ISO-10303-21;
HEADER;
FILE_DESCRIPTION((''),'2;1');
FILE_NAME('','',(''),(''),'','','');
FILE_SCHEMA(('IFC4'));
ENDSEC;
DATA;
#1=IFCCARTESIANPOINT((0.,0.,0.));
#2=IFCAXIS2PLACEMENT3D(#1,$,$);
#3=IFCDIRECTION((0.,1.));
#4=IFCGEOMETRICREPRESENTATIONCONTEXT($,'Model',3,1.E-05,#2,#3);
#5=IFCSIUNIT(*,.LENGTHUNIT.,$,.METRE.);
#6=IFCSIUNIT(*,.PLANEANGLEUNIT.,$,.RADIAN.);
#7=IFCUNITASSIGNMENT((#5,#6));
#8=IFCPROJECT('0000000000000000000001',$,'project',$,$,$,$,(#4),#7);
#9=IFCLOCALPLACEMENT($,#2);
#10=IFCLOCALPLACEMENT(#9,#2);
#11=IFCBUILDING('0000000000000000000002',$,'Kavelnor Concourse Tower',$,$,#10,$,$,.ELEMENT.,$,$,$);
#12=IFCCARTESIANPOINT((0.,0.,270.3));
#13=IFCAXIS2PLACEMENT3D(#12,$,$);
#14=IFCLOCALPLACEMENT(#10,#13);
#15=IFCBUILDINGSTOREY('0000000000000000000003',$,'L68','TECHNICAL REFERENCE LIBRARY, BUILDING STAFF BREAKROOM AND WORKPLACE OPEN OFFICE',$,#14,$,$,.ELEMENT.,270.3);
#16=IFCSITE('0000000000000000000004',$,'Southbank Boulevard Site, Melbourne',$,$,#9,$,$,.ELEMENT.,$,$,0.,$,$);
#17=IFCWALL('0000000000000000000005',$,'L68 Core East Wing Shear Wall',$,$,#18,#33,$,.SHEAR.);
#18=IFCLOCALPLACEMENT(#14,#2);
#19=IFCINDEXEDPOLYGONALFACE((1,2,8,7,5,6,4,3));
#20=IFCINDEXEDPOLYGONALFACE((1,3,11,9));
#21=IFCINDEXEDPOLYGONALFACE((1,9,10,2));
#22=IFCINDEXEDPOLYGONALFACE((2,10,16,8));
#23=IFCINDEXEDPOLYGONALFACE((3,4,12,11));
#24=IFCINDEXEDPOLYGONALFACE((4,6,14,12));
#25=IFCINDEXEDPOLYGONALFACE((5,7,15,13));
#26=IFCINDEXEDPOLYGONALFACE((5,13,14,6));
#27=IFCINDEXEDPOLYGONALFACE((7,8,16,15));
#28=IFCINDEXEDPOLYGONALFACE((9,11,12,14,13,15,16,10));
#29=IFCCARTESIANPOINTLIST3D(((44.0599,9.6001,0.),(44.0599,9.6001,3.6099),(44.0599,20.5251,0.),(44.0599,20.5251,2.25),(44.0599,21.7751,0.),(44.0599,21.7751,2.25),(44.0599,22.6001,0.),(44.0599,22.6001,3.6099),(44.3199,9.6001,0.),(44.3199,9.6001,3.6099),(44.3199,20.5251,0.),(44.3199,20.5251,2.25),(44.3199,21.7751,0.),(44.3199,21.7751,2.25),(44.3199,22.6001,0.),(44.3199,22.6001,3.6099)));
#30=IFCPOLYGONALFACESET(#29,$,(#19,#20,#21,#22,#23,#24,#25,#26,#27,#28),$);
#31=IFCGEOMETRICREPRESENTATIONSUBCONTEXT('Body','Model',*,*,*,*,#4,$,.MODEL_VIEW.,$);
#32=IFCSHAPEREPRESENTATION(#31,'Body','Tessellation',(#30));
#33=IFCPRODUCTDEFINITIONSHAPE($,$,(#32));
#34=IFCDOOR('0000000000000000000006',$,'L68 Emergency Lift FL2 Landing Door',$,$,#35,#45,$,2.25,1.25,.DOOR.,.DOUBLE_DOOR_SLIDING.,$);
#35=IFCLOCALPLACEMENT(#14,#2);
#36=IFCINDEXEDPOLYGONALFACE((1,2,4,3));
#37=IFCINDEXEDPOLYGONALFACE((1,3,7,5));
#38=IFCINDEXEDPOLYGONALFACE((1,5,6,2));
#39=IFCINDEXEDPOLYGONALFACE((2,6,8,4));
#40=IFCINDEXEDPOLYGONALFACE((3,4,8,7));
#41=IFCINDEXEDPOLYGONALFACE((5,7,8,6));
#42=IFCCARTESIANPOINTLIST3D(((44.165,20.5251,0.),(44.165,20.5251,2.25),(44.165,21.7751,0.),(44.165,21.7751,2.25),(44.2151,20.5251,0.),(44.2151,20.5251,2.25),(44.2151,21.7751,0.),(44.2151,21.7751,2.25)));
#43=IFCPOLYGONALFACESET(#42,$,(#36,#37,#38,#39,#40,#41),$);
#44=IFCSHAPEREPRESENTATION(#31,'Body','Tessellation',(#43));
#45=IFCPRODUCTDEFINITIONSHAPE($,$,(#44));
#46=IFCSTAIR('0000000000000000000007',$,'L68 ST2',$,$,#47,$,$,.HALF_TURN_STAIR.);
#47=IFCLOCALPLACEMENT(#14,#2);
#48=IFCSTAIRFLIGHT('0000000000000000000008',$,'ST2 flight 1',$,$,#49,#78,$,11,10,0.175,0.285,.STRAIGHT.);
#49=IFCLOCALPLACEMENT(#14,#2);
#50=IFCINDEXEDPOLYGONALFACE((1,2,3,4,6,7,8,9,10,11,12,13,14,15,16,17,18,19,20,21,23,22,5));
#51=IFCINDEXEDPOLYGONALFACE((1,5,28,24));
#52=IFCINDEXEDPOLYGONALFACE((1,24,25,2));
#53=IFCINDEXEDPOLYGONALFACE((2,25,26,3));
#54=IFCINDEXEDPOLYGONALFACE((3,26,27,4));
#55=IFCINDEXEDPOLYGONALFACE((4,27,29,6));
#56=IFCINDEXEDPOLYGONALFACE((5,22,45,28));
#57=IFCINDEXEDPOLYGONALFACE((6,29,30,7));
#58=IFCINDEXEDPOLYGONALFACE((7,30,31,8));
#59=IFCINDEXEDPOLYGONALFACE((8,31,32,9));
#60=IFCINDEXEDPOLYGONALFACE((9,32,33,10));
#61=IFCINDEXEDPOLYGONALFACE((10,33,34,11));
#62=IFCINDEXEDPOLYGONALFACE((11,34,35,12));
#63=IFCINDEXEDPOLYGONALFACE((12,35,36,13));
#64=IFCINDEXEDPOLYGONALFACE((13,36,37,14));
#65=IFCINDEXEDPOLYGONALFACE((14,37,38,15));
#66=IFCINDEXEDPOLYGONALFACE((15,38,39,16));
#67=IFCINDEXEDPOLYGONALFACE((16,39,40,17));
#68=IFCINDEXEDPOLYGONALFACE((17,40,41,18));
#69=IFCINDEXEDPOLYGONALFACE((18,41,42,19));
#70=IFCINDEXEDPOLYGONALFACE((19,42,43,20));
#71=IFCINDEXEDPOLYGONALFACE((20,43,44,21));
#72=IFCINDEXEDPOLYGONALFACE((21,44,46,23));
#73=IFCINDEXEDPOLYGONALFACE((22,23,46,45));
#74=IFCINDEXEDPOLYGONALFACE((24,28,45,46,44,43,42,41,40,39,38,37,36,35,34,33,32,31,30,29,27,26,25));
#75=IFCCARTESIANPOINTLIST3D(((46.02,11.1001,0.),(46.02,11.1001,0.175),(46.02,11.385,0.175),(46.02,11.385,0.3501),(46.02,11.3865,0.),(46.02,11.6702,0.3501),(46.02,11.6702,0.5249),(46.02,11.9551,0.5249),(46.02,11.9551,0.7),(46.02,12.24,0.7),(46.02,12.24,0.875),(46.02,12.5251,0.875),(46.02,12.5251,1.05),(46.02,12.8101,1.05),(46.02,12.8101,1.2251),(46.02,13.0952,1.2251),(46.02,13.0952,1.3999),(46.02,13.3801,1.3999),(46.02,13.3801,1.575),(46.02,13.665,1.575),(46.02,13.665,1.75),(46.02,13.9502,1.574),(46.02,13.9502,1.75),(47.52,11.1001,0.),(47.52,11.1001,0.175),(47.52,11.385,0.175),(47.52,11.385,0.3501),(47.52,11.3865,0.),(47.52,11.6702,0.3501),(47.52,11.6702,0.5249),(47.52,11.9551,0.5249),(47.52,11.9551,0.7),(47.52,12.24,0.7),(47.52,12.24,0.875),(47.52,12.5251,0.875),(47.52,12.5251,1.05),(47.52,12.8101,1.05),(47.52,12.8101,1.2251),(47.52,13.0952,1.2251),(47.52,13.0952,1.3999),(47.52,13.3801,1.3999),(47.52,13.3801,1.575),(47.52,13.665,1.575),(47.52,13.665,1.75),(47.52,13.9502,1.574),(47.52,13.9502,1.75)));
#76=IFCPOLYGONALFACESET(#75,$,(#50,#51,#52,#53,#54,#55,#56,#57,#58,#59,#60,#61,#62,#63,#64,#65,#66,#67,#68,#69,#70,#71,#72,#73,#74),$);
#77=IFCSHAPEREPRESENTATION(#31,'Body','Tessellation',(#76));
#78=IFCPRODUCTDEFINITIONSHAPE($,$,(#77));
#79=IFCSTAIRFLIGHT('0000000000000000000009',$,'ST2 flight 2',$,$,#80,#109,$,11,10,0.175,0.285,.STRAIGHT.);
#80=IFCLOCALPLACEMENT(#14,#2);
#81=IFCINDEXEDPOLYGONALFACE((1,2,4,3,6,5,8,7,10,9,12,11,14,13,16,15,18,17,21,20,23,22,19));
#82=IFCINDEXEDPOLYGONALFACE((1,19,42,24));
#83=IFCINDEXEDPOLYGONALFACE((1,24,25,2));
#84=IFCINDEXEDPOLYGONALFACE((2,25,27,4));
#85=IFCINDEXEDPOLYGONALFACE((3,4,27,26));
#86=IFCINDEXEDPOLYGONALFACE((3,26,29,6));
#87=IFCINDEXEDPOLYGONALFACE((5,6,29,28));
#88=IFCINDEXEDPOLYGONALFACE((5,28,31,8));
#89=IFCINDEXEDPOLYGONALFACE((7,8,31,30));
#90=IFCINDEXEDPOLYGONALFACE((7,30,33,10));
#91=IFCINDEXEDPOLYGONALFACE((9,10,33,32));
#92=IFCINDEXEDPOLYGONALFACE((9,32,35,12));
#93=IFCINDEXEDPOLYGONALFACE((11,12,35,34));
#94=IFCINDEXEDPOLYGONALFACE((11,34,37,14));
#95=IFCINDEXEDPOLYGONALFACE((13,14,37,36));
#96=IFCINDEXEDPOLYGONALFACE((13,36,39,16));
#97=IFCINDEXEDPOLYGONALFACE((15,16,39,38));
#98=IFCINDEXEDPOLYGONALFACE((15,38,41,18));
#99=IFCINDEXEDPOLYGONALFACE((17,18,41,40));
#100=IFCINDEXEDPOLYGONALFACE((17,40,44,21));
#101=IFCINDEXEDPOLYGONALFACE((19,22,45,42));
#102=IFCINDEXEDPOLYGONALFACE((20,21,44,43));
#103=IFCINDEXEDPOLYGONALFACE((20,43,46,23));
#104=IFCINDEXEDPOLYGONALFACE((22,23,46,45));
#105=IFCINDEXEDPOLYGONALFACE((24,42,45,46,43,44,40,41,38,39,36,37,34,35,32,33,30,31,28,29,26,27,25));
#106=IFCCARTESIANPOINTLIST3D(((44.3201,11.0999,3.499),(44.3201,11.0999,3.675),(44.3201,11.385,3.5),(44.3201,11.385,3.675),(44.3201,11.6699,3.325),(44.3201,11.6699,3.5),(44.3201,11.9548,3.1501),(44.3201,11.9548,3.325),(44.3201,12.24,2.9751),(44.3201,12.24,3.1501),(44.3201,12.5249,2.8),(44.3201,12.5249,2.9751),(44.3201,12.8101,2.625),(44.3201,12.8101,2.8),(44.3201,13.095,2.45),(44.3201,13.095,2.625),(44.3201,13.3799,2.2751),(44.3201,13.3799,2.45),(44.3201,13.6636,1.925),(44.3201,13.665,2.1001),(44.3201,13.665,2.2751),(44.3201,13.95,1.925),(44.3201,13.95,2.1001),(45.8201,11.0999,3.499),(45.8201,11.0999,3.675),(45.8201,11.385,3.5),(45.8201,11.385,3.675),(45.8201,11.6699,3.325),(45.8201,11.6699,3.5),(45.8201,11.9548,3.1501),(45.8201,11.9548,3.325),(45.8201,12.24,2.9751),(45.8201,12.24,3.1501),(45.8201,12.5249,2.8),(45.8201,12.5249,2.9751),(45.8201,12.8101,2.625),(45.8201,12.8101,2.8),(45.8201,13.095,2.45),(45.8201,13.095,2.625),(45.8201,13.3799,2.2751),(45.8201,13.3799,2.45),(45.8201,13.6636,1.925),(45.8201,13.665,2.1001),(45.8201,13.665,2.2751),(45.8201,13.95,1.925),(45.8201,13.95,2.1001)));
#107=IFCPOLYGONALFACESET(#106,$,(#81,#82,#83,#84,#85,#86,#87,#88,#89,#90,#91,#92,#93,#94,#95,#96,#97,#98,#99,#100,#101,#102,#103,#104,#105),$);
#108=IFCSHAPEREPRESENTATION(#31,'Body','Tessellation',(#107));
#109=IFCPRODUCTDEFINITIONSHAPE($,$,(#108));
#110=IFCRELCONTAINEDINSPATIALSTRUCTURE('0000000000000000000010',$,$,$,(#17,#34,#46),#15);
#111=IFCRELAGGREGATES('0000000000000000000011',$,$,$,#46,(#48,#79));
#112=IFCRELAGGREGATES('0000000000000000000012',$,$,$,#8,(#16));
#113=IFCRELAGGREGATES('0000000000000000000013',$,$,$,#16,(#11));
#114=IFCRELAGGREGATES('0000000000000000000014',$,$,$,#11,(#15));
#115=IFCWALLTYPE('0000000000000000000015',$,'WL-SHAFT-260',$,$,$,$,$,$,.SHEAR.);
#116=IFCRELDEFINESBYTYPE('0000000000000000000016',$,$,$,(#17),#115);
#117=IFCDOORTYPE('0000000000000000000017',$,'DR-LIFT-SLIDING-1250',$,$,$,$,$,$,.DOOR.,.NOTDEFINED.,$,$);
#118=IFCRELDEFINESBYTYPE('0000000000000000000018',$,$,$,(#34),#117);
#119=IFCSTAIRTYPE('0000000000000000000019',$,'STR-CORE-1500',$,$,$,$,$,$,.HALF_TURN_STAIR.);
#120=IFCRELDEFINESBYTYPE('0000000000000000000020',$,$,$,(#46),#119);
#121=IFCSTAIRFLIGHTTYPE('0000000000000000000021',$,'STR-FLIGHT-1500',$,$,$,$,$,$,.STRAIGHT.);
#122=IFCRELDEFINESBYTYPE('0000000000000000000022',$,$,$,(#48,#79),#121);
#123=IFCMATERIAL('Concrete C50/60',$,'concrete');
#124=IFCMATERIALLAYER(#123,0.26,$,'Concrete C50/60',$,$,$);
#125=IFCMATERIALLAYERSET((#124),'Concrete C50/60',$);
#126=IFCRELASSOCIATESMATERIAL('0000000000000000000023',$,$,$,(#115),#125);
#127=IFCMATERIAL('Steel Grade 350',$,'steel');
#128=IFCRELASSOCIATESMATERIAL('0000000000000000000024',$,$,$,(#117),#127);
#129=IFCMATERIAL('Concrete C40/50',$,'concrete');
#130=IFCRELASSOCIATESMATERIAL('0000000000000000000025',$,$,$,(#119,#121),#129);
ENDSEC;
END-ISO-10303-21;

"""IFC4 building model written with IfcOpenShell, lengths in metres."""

from ifc_helpers import new_model, si_unit, direction, frame, frame_2d, origin, place, context, subcontext, project, spatial, polyline, rectangle, outline, extrude, material, layer, layer_set, type_object, element, fill, aggregate, save


model = new_model("IFC4")

# Units and contexts
model_context = context("Model", 3, precision=1e-05, world=origin(), true_north=direction((0.0, 1.0)))
body_context = subcontext(model_context, "Body", "Model", "MODEL_VIEW")
ifc_project = project(units=[si_unit("LENGTHUNIT", "METRE"), si_unit("PLANEANGLEUNIT", "RADIAN")], contexts=[model_context])

# Site, building, storey
site_placement = place(None, origin())
site = spatial("IfcSite", under=ifc_project, at=site_placement, Name="Southbank Boulevard Site, Melbourne", CompositionType="ELEMENT", RefElevation=0.0)
building_placement = place(site_placement, origin())
building = spatial("IfcBuilding", under=site, at=building_placement, Name="Kavelnor Concourse Tower", CompositionType="ELEMENT")
storey_placement = place(building_placement, frame((0.0, 0.0, 270.3)))
storey = spatial("IfcBuildingStorey", under=building, at=storey_placement, Name="L68", Description="TECHNICAL REFERENCE LIBRARY, BUILDING STAFF BREAKROOM AND WORKPLACE OPEN OFFICE", CompositionType="ELEMENT", Elevation=270.3)

# Shared definitions
ifc_material_1 = material(Name="Steel Grade 350", Category="steel")

# Shared definitions
ifc_material_2 = material(Name="Concrete C50/60", Category="concrete")

# Wall, opening, door
ifc_layer_1 = layer(ifc_material_2, 0.26, Name="Concrete C50/60")
ifc_layer_set_1 = layer_set([ifc_layer_1], Name="Concrete C50/60")
wall_type_1 = type_object("IfcWallType", Name="WL-SHAFT-260", PredefinedType="SHEAR", material=ifc_layer_set_1)
wall_1_placement = place(storey_placement, frame((44.1899, 9.6001, 0.0), z_axis=(0.0, 0.0, 1.0), x_axis=(0.0, 1.0, 0.0)))
wall_1 = element("IfcWall", 1, at=wall_1_placement, inside=storey, type_object=wall_type_1, Name="L68 Core East Wing Shear Wall", PredefinedType="SHEAR", context=body_context, shape_type="SweptSolid", body=[
    extrude(rectangle(XDim=13.0, YDim=0.26, at=frame_2d((6.5, 0.0))), origin(), (0.0, 0.0, 1.0), 3.6099),
])
opening_1_placement = place(wall_1_placement, frame((10.925, 0.0, 0.0)))
opening_1 = element("IfcOpeningElement", 2, at=opening_1_placement, cuts=wall_1, PredefinedType="OPENING", context=body_context, shape_type="SweptSolid", body=[
    extrude(rectangle(XDim=1.25, YDim=2.25, at=frame_2d((0.625, 1.125))), frame((0.0, 0.1401, 0.0), z_axis=(0.0, -1.0, 0.0), x_axis=(1.0, 0.0, 0.0)), (0.0, 0.0, 1.0), 0.28),
])
door_type_1 = type_object("IfcDoorType", Name="DR-LIFT-SLIDING-1250", OperationType="NOTDEFINED", PredefinedType="DOOR", material=ifc_material_1)
door_1_placement = place(opening_1_placement, origin())
door_1 = element("IfcDoor", 3, at=door_1_placement, inside=storey, type_object=door_type_1, Name="L68 Emergency Lift FL2 Landing Door", OperationType="DOUBLE_DOOR_SLIDING", OverallHeight=2.25, OverallWidth=1.25, PredefinedType="DOOR", context=body_context, shape_type="SweptSolid", body=[
    extrude(rectangle(XDim=1.25, YDim=2.25, at=frame_2d((0.625, 1.125))), frame((0.0, 0.0249, 0.0), z_axis=(0.0, -1.0, 0.0), x_axis=(1.0, 0.0, 0.0)), (0.0, 0.0, 1.0), 0.05),
])
fill(opening_1, door_1)

# Stair, stair flights
ifc_material_3 = material(Name="Concrete C40/50", Category="concrete")
stair_type = type_object("IfcStairType", Name="STR-CORE-1500", PredefinedType="HALF_TURN_STAIR", material=ifc_material_3)
stair_placement = place(storey_placement, origin())
stair = element("IfcStair", 4, at=stair_placement, inside=storey, type_object=stair_type, Name="L68 ST2", PredefinedType="HALF_TURN_STAIR")
stair_flight_type = type_object("IfcStairFlightType", Name="STR-FLIGHT-1500", PredefinedType="STRAIGHT", material=ifc_material_3)
stair_flight_1_placement = place(storey_placement, frame((46.77, 11.1001, 0.0), z_axis=(0.0, 0.0, 1.0), x_axis=(0.0, 1.0, 0.0)))
stair_flight_1 = element("IfcStairFlight", 5, at=stair_flight_1_placement, type_object=stair_flight_type, Name="ST2 flight 1", NumberOfRisers=11, NumberOfTreads=10, PredefinedType="STRAIGHT", RiserHeight=0.175, TreadLength=0.285, context=body_context, shape_type="SweptSolid", body=[
    extrude(outline(polyline([(0.0, 0.0), (0.0, 0.175), (0.2849, 0.175), (0.2849, 0.3501), (0.5701, 0.3501), (0.5701, 0.5249), (0.855, 0.5249), (0.855, 0.7), (1.1399, 0.7), (1.1399, 0.875), (1.425, 0.875), (1.425, 1.05), (1.71, 1.05), (1.71, 1.2251), (1.9951, 1.2251), (1.9951, 1.3999), (2.28, 1.3999), (2.28, 1.575), (2.5649, 1.575), (2.5649, 1.75), (2.8501, 1.75), (2.8501, 1.925), (2.8501, 1.574), (0.2864, 0.0), (0.0, 0.0)])), frame((0.0, 0.75, 0.0), z_axis=(0.0, -1.0, 0.0), x_axis=(1.0, 0.0, 0.0)), (0.0, 0.0, 1.0), 1.5),
])
stair_flight_2_placement = place(storey_placement, frame((45.0701, 13.95, 1.925), z_axis=(0.0, 0.0, 1.0), x_axis=(0.0, -1.0, 0.0)))
stair_flight_2 = element("IfcStairFlight", 6, at=stair_flight_2_placement, type_object=stair_flight_type, Name="ST2 flight 2", NumberOfRisers=11, NumberOfTreads=10, PredefinedType="STRAIGHT", RiserHeight=0.175, TreadLength=0.285, context=body_context, shape_type="SweptSolid", body=[
    extrude(outline(polyline([(0.0, 0.0), (0.0, 0.175), (0.2849, 0.175), (0.2849, 0.3501), (0.5701, 0.3501), (0.5701, 0.5249), (0.855, 0.5249), (0.855, 0.7), (1.1399, 0.7), (1.1399, 0.875), (1.425, 0.875), (1.425, 1.05), (1.71, 1.05), (1.71, 1.2251), (1.9951, 1.2251), (1.9951, 1.3999), (2.28, 1.3999), (2.28, 1.575), (2.5649, 1.575), (2.5649, 1.75), (2.8501, 1.75), (2.8501, 1.925), (2.8501, 1.574), (0.2864, 0.0), (0.0, 0.0)])), frame((0.0, 0.75, 0.0), z_axis=(0.0, -1.0, 0.0), x_axis=(1.0, 0.0, 0.0)), (0.0, 0.0, 1.0), 1.5),
])
aggregate(stair, [stair_flight_1, stair_flight_2])

save(model, "model.ifc")
